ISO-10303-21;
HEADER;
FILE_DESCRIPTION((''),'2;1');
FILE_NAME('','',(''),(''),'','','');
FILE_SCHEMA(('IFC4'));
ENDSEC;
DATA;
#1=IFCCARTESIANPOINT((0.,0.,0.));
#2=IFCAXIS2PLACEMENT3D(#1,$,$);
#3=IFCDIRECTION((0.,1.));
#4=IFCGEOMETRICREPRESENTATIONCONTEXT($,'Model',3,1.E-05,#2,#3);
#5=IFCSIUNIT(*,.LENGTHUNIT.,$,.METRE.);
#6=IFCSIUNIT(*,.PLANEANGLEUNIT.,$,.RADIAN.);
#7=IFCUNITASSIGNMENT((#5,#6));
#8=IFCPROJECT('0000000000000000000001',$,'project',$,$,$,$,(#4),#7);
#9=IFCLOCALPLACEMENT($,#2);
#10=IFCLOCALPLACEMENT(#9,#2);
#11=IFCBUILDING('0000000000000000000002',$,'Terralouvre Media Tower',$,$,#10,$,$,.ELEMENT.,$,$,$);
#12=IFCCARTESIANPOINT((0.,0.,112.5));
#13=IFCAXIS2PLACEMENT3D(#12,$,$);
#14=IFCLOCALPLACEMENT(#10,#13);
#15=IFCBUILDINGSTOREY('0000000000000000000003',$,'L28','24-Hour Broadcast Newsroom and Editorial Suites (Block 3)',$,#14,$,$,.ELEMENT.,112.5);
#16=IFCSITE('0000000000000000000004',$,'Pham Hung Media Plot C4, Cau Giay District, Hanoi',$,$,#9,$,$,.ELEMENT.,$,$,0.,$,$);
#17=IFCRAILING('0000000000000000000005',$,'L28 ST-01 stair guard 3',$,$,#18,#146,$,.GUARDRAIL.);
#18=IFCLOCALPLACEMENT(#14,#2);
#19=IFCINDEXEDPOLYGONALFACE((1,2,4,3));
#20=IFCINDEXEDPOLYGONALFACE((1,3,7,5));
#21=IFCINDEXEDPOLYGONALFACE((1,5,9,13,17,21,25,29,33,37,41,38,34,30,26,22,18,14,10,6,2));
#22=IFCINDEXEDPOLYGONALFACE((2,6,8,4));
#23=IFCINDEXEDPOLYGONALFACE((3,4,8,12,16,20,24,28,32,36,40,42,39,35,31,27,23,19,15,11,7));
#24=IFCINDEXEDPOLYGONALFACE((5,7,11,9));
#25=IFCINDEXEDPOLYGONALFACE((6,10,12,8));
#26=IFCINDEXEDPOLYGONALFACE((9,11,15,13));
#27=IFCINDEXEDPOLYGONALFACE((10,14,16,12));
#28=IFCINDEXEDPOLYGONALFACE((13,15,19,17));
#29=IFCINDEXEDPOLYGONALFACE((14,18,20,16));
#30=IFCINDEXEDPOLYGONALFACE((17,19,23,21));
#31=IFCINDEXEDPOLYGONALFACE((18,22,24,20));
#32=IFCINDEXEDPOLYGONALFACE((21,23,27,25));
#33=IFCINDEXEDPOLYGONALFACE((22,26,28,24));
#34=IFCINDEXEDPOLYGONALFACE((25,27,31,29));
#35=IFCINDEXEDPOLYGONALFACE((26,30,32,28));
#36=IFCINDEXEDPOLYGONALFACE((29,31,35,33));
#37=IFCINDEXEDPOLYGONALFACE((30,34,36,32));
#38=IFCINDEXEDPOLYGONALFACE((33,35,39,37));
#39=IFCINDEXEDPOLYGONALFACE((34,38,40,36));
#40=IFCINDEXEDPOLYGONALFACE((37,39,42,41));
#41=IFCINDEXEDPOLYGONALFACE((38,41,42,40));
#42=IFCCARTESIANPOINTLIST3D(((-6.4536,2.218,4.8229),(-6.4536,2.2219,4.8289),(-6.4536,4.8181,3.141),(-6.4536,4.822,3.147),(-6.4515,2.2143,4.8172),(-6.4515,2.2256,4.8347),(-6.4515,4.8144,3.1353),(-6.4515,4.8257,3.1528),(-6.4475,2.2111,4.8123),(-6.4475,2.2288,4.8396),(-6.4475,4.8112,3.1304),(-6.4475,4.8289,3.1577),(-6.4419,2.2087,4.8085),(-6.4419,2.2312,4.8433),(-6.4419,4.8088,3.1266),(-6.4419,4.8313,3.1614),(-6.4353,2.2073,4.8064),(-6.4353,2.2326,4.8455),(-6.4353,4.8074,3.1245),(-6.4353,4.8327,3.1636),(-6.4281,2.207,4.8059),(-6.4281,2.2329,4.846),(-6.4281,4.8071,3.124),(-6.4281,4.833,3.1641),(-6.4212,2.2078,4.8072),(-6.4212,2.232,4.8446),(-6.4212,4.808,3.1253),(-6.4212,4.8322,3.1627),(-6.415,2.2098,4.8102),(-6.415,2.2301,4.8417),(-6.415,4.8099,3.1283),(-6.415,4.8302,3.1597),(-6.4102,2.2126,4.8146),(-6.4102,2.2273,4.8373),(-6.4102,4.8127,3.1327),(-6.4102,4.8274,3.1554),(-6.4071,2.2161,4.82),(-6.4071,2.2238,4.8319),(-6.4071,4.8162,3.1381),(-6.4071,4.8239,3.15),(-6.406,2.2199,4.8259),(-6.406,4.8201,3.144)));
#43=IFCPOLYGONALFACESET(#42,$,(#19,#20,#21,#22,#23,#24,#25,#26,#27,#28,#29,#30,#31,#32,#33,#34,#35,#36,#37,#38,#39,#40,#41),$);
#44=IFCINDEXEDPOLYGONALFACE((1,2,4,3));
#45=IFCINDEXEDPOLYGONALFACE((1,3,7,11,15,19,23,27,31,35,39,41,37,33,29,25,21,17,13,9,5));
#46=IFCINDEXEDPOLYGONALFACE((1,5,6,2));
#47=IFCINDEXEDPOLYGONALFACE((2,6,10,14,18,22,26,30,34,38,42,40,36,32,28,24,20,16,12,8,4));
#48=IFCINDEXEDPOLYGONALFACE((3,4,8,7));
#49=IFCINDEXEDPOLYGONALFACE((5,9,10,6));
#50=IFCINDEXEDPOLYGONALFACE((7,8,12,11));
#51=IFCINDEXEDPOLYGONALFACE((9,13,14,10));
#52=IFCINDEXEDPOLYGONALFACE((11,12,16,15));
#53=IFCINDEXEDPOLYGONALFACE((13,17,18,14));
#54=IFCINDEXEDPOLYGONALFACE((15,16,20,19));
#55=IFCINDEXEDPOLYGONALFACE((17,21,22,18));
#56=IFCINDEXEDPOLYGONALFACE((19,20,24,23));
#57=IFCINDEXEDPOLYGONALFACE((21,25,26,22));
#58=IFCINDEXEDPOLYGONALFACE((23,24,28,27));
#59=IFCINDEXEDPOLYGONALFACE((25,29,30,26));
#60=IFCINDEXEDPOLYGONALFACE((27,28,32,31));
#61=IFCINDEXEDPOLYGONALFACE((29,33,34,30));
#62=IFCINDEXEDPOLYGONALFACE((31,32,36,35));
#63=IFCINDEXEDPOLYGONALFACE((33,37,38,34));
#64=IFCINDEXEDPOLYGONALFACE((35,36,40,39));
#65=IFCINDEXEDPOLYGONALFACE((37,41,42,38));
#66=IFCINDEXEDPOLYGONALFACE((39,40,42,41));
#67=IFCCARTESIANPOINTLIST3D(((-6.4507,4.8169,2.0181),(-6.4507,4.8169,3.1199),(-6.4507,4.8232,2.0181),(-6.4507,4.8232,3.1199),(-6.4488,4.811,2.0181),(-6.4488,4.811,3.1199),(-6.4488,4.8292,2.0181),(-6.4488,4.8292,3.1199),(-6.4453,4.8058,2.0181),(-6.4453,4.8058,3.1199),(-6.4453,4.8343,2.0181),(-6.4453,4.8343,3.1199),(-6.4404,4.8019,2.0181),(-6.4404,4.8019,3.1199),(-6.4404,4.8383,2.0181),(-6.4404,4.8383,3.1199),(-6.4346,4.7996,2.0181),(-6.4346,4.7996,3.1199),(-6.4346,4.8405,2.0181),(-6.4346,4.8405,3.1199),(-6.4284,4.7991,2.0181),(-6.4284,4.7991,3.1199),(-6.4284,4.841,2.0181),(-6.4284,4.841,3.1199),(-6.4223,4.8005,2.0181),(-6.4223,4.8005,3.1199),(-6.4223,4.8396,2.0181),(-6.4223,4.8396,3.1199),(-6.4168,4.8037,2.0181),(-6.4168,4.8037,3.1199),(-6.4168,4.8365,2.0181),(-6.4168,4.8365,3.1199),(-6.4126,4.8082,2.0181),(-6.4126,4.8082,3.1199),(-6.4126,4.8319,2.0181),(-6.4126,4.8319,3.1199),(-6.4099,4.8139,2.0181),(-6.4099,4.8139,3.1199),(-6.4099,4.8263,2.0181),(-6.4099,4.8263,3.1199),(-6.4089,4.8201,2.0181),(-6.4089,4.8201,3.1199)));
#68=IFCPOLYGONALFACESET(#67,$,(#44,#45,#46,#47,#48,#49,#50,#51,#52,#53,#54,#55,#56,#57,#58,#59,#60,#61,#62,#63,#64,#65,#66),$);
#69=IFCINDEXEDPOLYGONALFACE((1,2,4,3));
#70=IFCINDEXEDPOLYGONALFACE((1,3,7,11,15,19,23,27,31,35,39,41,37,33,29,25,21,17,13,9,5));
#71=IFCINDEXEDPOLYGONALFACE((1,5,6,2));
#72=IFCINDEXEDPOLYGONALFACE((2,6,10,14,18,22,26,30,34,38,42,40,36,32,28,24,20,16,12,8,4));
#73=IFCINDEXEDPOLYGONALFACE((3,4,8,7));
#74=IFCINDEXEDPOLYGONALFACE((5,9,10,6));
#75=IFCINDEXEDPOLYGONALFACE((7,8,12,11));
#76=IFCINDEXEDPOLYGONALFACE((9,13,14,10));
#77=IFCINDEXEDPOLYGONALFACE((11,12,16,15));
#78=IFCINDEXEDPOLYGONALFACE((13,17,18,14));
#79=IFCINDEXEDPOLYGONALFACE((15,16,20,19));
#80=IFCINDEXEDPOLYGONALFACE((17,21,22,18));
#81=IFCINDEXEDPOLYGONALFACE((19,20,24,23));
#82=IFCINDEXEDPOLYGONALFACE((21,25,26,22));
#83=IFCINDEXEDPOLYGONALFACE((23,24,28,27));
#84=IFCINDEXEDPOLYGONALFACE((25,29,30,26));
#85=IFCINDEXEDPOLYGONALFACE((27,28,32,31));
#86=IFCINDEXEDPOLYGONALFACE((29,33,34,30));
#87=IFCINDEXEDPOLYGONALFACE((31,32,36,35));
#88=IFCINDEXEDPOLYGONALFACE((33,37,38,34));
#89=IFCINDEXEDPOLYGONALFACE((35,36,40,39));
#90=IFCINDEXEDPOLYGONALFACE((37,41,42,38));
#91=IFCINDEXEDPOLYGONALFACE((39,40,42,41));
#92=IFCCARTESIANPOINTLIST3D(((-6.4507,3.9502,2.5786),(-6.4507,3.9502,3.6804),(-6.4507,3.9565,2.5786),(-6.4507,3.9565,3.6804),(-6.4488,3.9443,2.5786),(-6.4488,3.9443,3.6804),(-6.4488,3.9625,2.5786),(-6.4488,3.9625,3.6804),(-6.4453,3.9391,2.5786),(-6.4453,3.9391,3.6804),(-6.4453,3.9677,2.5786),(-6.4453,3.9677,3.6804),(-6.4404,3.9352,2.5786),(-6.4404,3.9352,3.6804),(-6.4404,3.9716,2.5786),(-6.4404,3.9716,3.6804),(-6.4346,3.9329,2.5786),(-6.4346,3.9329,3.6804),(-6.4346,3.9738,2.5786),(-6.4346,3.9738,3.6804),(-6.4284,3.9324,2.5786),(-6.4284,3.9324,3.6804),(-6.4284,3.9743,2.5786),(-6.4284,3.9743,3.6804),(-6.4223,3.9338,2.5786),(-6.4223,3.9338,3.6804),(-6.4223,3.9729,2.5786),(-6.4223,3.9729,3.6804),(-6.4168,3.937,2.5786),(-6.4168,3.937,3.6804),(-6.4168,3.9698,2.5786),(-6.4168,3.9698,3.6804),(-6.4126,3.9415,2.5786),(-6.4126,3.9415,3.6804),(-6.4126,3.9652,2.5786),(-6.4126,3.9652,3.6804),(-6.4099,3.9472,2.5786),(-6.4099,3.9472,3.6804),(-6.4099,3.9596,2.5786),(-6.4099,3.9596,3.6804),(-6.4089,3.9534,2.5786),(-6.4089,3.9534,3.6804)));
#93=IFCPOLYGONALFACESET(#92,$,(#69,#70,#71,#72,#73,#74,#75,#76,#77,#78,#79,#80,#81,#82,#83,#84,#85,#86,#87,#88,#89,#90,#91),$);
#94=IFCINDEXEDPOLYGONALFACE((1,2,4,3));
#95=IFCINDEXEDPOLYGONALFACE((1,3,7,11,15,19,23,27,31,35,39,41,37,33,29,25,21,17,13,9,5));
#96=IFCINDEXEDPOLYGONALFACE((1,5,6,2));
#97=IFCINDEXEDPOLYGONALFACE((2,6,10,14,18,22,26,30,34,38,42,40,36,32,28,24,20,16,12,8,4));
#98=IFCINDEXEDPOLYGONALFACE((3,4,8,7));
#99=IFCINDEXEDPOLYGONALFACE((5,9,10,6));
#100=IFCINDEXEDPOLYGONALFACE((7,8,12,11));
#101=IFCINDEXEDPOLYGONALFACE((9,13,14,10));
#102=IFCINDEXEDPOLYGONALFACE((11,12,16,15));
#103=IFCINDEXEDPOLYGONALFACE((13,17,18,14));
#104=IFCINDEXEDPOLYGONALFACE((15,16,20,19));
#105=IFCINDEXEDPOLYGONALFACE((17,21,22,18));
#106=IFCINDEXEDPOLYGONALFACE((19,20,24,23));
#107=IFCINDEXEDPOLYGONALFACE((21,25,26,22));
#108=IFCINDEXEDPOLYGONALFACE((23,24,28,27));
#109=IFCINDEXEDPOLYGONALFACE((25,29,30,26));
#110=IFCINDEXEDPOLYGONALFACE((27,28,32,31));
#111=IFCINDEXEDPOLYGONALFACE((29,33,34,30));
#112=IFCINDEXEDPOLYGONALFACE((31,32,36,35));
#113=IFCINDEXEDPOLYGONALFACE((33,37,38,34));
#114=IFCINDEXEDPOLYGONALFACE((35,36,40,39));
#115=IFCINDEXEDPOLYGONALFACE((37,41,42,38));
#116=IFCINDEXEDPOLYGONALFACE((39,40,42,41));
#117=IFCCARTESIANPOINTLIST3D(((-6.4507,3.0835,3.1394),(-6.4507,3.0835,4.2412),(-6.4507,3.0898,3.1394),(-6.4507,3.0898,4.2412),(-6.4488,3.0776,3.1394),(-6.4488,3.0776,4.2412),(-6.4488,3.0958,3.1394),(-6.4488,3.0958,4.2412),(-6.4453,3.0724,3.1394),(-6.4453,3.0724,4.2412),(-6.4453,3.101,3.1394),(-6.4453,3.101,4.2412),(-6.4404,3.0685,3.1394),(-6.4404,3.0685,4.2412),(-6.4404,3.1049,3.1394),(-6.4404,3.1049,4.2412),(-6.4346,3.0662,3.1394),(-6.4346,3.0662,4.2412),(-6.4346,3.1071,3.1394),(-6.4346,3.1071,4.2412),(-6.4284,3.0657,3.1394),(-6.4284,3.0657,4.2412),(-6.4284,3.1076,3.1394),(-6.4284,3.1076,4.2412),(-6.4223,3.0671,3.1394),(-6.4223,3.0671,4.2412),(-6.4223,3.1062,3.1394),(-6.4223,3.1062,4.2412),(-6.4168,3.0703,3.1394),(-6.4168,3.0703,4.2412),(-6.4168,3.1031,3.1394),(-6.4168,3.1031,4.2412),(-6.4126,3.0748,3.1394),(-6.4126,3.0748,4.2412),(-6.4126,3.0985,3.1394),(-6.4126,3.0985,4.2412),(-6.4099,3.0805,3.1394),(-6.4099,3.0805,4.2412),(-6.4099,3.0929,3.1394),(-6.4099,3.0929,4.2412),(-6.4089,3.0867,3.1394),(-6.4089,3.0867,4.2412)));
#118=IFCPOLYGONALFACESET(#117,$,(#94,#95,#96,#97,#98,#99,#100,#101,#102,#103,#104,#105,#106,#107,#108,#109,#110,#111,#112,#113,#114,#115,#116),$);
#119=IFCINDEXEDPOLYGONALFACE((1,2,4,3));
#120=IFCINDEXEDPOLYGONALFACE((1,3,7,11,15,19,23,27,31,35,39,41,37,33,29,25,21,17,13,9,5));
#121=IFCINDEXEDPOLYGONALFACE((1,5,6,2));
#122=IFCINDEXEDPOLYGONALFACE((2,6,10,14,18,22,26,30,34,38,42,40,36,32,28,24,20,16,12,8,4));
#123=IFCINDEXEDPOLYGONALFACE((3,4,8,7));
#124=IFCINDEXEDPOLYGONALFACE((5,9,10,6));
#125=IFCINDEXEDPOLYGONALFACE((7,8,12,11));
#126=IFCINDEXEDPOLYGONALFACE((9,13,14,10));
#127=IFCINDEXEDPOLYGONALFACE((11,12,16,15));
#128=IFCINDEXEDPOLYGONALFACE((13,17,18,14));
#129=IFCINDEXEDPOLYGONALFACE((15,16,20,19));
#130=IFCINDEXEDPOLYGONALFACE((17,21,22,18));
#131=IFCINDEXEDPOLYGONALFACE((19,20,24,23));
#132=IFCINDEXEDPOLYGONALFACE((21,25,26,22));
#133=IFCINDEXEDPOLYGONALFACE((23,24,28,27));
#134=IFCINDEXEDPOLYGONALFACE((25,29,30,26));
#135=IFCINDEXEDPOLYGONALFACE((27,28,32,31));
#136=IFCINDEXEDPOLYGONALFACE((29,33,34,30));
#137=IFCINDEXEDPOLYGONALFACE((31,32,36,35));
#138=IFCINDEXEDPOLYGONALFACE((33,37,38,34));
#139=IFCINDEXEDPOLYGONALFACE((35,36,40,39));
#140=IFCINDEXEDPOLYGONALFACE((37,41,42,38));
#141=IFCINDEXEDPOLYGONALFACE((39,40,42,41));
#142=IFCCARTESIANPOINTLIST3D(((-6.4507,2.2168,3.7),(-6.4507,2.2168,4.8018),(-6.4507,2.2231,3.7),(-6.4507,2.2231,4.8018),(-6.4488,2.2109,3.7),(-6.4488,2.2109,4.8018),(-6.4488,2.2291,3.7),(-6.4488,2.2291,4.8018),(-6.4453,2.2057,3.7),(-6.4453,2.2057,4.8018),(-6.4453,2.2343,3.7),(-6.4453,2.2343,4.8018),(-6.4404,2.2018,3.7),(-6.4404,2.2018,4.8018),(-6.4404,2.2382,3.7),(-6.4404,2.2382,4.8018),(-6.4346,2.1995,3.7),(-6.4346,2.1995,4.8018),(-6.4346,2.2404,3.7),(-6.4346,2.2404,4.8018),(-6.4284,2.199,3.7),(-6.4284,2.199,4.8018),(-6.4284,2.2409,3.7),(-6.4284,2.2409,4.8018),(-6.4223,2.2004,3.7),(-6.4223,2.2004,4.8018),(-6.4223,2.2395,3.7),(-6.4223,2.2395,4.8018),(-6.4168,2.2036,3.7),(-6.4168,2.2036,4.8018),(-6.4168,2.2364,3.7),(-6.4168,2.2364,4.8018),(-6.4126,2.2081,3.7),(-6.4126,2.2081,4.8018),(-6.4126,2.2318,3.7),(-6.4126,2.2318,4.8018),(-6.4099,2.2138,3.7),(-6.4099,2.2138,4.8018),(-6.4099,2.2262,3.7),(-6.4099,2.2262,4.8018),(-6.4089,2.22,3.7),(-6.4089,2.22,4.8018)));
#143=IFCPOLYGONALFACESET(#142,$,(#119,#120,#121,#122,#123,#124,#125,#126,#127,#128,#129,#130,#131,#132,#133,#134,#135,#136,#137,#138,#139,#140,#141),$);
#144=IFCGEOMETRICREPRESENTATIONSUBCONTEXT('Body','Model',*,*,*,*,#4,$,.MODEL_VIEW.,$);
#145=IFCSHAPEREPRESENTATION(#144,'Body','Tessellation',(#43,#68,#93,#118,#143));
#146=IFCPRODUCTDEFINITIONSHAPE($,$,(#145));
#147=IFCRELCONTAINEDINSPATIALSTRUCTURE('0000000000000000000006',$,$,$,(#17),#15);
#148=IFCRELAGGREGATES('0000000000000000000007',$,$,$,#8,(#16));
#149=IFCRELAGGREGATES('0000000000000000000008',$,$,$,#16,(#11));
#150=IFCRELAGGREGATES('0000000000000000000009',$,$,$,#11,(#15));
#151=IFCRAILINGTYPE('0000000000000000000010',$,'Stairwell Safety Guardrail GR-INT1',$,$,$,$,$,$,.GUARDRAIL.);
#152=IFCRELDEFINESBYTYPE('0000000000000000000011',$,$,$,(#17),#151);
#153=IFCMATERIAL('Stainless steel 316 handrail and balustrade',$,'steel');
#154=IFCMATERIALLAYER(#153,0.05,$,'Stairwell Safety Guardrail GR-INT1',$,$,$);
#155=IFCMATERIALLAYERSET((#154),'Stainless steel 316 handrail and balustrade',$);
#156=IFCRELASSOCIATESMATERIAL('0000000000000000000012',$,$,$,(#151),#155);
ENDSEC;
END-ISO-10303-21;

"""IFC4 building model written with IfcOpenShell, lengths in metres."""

from ifc_helpers import new_model, si_unit, direction, frame, origin, origin_2d, place, context, subcontext, project, spatial, circle, extrude, material, layer, layer_set, type_object, element, save


model = new_model("IFC4")

# Units and contexts
model_context = context("Model", 3, precision=1e-05, world=origin(), true_north=direction((0.0, 1.0)))
body_context = subcontext(model_context, "Body", "Model", "MODEL_VIEW")
ifc_project = project(units=[si_unit("LENGTHUNIT", "METRE"), si_unit("PLANEANGLEUNIT", "RADIAN")], contexts=[model_context])

# Site, building, storey
site_placement = place(None, origin())
site = spatial("IfcSite", under=ifc_project, at=site_placement, Name="Pham Hung Media Plot C4, Cau Giay District, Hanoi", CompositionType="ELEMENT", RefElevation=0.0)
building_placement = place(site_placement, origin())
building = spatial("IfcBuilding", under=site, at=building_placement, Name="Terralouvre Media Tower", CompositionType="ELEMENT")
storey_placement = place(building_placement, frame((0.0, 0.0, 112.5)))
storey = spatial("IfcBuildingStorey", under=building, at=storey_placement, Name="L28", Description="24-Hour Broadcast Newsroom and Editorial Suites (Block 3)", CompositionType="ELEMENT", Elevation=112.5)

# Railing
ifc_material_1 = material(Name="Stainless steel 316 handrail and balustrade", Category="steel")
ifc_layer_1 = layer(ifc_material_1, 0.05, Name="Stairwell Safety Guardrail GR-INT1")
ifc_layer_set_1 = layer_set([ifc_layer_1], Name="Stainless steel 316 handrail and balustrade")
railing_type_1 = type_object("IfcRailingType", Name="Stairwell Safety Guardrail GR-INT1", PredefinedType="GUARDRAIL", material=ifc_layer_set_1)
railing_1_placement = place(storey_placement, frame((-6.4299, 4.8201, 2.0181)))
element("IfcRailing", 1, at=railing_1_placement, inside=storey, type_object=railing_type_1, Name="L28 ST-01 stair guard 3", PredefinedType="GUARDRAIL", context=body_context, shape_type="SweptSolid", body=[
    extrude(circle(Radius=0.0239, at=origin_2d()), frame((0.0, 0.0, 1.126), z_axis=(0.0, -0.839648, 0.54313), x_axis=(1.0, 0.0, 0.0)), (0.0, 0.0, 1.0), 3.0967),
    extrude(circle(Radius=0.021, at=origin_2d()), origin(), (0.0, 0.0, 1.0), 1.1018),
    extrude(circle(Radius=0.021, at=origin_2d()), frame((0.0, -0.8667, 0.5605)), (0.0, 0.0, 1.0), 1.1018),
    extrude(circle(Radius=0.021, at=origin_2d()), frame((0.0, -1.7334, 1.1213)), (0.0, 0.0, 1.0), 1.1018),
    extrude(circle(Radius=0.021, at=origin_2d()), frame((0.0, -2.6001, 1.6819)), (0.0, 0.0, 1.0), 1.1018),
])

save(model, "model.ifc")
